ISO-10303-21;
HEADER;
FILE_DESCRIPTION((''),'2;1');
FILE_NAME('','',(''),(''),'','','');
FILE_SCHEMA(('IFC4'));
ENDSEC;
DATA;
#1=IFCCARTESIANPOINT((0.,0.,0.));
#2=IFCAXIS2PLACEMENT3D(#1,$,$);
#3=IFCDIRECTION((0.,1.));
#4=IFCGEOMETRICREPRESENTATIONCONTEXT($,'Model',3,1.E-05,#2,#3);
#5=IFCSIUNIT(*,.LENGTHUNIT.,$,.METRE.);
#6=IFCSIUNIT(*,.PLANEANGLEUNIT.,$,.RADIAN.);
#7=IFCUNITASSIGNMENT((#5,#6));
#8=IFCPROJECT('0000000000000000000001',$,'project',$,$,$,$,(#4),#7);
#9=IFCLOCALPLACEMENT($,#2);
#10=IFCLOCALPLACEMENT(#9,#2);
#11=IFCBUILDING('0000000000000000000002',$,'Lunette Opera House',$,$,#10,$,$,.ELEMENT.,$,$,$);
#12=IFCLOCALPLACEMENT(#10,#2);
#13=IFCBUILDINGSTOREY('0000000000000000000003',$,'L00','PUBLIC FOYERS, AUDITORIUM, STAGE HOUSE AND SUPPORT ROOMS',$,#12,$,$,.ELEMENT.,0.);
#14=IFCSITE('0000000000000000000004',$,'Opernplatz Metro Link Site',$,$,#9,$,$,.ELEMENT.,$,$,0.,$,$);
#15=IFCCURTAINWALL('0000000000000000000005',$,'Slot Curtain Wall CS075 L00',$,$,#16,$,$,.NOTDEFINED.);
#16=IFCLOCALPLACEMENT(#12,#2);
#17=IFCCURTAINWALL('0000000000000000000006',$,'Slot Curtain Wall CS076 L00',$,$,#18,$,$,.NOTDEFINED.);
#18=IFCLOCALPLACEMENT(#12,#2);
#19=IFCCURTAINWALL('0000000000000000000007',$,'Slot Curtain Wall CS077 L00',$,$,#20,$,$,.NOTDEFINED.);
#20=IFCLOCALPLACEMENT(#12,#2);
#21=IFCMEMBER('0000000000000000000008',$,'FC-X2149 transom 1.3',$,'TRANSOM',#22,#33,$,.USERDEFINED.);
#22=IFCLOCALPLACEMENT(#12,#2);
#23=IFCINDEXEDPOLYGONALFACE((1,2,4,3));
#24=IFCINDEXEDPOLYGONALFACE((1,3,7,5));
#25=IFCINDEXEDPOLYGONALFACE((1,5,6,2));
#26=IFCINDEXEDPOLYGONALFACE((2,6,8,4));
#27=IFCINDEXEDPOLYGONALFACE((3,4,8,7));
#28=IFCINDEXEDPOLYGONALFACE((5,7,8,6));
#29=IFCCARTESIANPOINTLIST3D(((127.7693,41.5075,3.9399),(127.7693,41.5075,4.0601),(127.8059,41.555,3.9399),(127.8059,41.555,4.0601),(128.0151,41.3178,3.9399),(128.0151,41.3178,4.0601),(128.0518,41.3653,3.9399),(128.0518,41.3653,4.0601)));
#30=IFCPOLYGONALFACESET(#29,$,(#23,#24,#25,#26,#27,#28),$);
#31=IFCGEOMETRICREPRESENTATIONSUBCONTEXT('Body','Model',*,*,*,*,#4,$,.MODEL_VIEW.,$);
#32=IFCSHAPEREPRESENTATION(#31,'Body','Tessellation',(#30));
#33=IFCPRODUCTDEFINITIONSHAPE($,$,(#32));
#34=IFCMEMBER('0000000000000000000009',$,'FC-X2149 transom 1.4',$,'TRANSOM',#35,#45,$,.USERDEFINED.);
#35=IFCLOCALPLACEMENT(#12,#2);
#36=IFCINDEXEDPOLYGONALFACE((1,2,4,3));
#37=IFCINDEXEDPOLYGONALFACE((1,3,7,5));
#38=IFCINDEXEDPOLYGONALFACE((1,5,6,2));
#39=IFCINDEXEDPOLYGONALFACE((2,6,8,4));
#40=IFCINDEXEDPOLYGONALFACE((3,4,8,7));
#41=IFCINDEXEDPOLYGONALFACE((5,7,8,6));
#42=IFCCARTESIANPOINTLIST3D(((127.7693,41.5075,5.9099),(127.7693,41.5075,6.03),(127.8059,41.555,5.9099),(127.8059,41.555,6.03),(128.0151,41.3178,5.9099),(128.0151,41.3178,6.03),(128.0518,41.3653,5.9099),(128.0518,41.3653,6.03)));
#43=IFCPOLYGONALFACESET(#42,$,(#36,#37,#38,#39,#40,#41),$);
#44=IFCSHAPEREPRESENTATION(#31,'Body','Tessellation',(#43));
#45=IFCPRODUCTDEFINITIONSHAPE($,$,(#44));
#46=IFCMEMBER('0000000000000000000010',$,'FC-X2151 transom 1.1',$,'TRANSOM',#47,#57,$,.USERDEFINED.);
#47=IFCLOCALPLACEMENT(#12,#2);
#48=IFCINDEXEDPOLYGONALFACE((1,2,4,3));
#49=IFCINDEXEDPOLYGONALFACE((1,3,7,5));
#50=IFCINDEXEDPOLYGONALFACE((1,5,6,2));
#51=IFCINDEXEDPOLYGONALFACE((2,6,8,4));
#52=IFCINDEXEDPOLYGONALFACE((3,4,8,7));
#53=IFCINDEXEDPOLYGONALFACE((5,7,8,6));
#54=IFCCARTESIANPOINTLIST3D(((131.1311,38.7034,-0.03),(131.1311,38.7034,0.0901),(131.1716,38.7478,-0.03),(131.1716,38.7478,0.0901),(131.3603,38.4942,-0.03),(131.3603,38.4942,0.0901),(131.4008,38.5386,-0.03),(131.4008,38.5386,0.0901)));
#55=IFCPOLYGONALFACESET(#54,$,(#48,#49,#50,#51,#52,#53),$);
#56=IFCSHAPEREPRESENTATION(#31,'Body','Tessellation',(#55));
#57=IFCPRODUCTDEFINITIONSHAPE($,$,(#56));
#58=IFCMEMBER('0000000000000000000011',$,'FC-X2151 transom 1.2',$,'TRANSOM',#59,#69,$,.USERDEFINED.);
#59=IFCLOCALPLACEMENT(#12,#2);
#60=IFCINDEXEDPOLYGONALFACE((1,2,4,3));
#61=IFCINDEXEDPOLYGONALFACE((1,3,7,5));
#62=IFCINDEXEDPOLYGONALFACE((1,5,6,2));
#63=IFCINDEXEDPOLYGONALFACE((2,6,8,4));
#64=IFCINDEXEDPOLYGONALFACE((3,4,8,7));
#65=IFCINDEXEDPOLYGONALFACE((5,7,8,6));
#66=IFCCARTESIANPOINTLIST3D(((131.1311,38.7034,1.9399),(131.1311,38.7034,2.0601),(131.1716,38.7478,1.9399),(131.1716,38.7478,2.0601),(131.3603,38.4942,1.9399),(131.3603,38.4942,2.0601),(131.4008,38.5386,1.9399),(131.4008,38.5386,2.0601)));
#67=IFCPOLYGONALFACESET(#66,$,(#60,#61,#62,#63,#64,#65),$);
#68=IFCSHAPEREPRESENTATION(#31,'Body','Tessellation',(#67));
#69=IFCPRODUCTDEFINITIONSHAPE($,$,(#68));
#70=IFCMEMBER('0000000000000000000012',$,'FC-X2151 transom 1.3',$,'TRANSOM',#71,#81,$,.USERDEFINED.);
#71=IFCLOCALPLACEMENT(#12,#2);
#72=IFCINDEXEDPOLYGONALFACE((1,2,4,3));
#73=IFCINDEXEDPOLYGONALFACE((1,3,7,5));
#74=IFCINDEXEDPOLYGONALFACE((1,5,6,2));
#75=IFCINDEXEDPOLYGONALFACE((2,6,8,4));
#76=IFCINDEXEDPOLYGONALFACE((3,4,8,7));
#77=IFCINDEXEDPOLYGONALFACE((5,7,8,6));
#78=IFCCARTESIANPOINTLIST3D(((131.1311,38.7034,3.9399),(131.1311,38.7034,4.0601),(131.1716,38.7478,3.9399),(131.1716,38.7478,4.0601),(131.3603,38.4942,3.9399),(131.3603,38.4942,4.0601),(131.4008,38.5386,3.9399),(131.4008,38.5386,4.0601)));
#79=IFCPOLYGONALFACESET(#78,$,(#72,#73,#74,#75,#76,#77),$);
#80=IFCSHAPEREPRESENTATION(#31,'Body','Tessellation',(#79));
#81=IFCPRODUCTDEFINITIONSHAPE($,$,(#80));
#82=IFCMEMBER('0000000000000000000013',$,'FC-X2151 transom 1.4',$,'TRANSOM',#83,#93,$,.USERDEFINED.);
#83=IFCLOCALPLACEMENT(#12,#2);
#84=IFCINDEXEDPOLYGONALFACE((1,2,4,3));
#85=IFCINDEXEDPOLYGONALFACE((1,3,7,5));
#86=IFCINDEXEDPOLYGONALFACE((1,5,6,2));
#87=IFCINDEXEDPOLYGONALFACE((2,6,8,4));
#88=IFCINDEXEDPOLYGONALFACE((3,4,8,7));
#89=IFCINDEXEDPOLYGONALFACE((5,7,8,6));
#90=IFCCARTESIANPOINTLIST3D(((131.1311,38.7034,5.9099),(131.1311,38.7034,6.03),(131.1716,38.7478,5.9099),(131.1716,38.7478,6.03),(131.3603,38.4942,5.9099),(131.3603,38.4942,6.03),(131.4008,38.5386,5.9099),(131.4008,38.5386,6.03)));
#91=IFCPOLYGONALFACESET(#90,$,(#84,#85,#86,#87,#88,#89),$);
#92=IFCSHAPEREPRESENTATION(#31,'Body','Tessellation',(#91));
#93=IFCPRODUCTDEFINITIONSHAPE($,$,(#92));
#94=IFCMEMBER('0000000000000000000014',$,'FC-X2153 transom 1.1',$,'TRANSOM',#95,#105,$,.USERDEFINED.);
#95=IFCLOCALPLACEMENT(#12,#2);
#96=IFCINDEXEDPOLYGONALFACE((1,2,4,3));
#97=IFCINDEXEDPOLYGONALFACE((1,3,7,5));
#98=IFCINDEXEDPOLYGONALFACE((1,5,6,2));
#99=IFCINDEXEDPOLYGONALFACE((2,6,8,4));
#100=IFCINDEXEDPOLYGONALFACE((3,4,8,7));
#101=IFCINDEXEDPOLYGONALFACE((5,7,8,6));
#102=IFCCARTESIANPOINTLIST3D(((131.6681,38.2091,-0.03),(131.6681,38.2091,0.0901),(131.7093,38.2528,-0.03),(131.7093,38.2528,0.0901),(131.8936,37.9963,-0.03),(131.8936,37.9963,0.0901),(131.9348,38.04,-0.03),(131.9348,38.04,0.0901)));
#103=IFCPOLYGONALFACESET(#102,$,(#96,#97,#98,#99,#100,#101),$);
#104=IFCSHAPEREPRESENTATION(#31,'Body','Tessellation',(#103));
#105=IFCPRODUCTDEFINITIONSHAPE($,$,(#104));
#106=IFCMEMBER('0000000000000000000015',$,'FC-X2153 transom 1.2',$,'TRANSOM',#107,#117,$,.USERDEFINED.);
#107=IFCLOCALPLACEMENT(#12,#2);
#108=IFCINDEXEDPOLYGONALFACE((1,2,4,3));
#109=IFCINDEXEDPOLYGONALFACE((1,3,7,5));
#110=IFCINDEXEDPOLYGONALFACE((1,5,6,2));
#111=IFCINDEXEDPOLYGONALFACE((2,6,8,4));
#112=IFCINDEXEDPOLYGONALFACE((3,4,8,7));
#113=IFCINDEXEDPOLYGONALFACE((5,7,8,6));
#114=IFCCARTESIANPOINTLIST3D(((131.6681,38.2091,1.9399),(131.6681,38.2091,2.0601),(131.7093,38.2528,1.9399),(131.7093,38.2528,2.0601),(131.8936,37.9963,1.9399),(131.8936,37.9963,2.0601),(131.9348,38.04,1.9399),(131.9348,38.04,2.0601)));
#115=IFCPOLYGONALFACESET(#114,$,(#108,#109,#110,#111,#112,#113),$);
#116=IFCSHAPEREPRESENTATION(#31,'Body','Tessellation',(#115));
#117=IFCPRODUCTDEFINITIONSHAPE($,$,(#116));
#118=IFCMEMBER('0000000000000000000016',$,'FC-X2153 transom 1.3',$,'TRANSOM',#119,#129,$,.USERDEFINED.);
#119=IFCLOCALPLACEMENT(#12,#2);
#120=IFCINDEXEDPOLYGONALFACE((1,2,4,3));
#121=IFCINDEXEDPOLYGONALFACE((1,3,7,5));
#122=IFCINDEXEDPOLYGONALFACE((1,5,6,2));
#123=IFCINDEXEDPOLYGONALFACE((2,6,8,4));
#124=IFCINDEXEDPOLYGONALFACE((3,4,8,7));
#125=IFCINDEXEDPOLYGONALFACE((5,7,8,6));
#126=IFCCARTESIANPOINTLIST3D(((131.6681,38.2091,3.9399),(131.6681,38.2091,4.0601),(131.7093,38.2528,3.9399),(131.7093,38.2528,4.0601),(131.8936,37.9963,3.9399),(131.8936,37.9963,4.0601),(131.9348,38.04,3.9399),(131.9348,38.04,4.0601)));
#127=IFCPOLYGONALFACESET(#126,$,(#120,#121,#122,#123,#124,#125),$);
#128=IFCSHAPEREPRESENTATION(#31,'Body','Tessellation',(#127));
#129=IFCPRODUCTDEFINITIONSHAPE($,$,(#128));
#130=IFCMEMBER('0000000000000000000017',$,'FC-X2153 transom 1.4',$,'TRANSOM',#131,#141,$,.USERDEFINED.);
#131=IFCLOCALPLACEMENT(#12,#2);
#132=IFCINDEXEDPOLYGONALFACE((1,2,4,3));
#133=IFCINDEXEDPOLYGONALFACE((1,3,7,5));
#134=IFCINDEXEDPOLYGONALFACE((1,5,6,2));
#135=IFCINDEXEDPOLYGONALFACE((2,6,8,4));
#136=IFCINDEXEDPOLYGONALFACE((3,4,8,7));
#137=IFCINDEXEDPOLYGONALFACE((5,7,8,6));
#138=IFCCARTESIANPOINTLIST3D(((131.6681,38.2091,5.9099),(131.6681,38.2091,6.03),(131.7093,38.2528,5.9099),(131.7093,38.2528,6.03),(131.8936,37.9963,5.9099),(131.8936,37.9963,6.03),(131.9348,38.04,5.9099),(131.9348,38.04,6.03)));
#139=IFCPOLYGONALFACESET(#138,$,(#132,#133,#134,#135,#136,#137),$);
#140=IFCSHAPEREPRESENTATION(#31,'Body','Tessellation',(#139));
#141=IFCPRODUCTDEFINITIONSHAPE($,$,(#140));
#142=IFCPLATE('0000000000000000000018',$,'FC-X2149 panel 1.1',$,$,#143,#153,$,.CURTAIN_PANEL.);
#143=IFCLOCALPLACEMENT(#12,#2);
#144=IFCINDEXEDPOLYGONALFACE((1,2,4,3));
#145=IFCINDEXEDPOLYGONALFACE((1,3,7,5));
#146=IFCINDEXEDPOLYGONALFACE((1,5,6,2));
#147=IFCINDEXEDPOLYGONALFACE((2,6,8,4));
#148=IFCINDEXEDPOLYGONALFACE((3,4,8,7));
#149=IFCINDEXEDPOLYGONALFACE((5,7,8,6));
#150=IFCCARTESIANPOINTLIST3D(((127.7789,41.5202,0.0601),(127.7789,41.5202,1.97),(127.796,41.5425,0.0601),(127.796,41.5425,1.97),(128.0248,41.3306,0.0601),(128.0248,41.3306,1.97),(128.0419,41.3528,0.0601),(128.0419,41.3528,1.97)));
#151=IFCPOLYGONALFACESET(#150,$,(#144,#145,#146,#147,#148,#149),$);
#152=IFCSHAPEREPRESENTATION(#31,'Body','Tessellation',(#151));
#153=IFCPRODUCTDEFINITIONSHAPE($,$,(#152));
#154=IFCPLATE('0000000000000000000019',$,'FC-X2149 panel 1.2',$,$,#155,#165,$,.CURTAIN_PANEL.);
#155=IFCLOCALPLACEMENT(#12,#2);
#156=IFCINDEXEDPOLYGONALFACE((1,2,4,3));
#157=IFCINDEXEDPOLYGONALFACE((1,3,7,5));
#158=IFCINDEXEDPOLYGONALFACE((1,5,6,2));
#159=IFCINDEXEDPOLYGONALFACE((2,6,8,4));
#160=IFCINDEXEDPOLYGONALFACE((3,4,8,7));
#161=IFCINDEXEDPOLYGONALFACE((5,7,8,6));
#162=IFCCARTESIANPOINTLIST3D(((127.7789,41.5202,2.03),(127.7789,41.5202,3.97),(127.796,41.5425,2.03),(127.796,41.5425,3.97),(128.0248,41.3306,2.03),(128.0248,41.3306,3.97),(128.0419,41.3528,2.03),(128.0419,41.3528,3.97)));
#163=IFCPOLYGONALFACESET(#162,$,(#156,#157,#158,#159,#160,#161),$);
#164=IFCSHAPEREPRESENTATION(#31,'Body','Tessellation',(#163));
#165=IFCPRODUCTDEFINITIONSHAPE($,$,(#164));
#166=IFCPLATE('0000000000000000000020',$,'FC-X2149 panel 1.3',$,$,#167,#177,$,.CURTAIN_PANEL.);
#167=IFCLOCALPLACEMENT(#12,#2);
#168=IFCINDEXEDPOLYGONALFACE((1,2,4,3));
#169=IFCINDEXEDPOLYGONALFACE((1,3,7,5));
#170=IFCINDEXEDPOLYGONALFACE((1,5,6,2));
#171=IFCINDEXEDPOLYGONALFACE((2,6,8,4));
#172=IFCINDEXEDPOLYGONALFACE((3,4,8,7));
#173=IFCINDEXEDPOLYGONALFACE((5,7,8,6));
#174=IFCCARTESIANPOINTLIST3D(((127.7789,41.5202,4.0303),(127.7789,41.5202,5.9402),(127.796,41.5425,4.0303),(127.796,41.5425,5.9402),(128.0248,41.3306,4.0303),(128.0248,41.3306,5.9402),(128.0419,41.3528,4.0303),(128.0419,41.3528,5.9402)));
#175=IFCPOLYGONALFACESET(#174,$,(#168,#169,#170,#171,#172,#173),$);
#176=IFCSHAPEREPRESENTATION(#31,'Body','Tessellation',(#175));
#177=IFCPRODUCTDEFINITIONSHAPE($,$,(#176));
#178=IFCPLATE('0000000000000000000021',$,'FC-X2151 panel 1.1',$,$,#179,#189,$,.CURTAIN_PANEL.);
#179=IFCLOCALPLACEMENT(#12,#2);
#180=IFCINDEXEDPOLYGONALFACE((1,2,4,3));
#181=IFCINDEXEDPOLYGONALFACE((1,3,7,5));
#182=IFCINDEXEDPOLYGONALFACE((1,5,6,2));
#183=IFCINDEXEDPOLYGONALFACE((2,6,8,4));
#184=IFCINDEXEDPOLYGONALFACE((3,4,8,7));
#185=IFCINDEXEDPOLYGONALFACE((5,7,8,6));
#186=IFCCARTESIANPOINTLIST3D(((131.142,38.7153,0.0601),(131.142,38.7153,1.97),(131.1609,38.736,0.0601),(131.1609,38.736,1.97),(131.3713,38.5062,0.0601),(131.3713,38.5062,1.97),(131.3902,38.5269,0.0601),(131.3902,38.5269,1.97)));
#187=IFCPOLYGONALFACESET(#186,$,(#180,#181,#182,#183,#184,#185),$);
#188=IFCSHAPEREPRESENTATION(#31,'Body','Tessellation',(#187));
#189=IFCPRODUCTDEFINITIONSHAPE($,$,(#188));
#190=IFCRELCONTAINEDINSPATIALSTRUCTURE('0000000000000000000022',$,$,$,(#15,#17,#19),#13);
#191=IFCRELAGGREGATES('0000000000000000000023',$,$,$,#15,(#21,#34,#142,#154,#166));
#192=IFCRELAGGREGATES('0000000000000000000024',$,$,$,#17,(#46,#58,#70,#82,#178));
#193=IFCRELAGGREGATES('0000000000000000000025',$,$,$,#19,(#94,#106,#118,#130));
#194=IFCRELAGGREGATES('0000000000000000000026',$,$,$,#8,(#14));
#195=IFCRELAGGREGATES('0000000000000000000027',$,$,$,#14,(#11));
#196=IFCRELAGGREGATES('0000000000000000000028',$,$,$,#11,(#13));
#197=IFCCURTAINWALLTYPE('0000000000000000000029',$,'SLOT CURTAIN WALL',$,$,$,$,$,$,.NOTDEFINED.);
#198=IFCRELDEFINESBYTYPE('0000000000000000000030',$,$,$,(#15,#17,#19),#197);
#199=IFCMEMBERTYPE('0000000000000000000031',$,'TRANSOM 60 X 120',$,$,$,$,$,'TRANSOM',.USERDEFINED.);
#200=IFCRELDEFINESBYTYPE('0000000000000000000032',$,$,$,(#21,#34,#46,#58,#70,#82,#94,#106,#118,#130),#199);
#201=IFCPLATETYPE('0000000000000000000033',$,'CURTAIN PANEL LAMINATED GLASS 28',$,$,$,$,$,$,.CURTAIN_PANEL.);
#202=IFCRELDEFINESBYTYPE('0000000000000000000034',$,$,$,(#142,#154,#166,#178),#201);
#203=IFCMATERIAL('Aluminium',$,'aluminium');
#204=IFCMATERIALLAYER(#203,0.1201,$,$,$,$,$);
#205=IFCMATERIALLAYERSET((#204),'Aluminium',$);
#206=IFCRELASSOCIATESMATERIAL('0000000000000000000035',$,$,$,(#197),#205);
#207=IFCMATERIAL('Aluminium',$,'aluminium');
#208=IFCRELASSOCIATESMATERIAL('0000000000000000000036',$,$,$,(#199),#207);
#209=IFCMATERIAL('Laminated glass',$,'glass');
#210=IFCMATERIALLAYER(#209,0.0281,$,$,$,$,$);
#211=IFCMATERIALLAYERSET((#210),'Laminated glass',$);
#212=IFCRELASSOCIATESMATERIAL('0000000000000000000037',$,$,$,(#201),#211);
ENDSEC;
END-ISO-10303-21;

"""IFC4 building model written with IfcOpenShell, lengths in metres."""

from ifc_helpers import new_model, si_unit, direction, frame, origin, origin_2d, place, context, subcontext, project, spatial, rectangle, extrude, material, layer, layer_set, material_profile, profile_set, type_object, element, aggregate, save


model = new_model("IFC4")

# Units and contexts
model_context = context("Model", 3, precision=1e-05, world=origin(), true_north=direction((0.0, 1.0)))
body_context = subcontext(model_context, "Body", "Model", "MODEL_VIEW")
ifc_project = project(units=[si_unit("LENGTHUNIT", "METRE"), si_unit("PLANEANGLEUNIT", "RADIAN")], contexts=[model_context])

# Site, building, storey
site_placement = place(None, origin())
site = spatial("IfcSite", under=ifc_project, at=site_placement, Name="Opernplatz Metro Link Site", CompositionType="ELEMENT", RefElevation=0.0)
building_placement = place(site_placement, origin())
building = spatial("IfcBuilding", under=site, at=building_placement, Name="Lunette Opera House", CompositionType="ELEMENT")
storey_placement = place(building_placement, origin())
storey = spatial("IfcBuildingStorey", under=building, at=storey_placement, Name="L00", Description="PUBLIC FOYERS, AUDITORIUM, STAGE HOUSE AND SUPPORT ROOMS", CompositionType="ELEMENT", Elevation=0.0)

# Curtain wall
ifc_material_1 = material(Name="Aluminium", Category="aluminium")
ifc_layer_1 = layer(ifc_material_1, 0.1201)
ifc_layer_set_1 = layer_set([ifc_layer_1], Name="Aluminium")
curtain_wall_type = type_object("IfcCurtainWallType", Name="SLOT CURTAIN WALL", PredefinedType="NOTDEFINED", material=ifc_layer_set_1)
curtain_wall_1_placement = place(storey_placement, origin())
curtain_wall_1 = element("IfcCurtainWall", 1, at=curtain_wall_1_placement, inside=storey, type_object=curtain_wall_type, Name="Slot Curtain Wall CS075 L00", PredefinedType="NOTDEFINED")

# Curtain walls
curtain_wall_2_placement = place(storey_placement, origin())
curtain_wall_2 = element("IfcCurtainWall", 2, at=curtain_wall_2_placement, inside=storey, type_object=curtain_wall_type, Name="Slot Curtain Wall CS076 L00", PredefinedType="NOTDEFINED")
curtain_wall_3_placement = place(storey_placement, origin())
curtain_wall_3 = element("IfcCurtainWall", 3, at=curtain_wall_3_placement, inside=storey, type_object=curtain_wall_type, Name="Slot Curtain Wall CS077 L00", PredefinedType="NOTDEFINED")

# Members
ifc_material_2 = material(Name="Aluminium", Category="aluminium")
ifc_material_profile_1 = material_profile(ifc_material_2, rectangle(XDim=0.0601, YDim=0.1201, at=origin_2d()), Name="TRANSOM 60 X 120")
ifc_profile_set_1 = profile_set([ifc_material_profile_1], Name="Aluminium")
member_type_1 = type_object("IfcMemberType", Name="TRANSOM 60 X 120", ElementType="TRANSOM", PredefinedType="USERDEFINED", material=ifc_profile_set_1)
member_1_placement = place(storey_placement, frame((127.7876, 41.5312, 4.0), z_axis=(0.791717, -0.610888, 0.0), x_axis=(0.610888, 0.791717, 0.0)))
member_1 = element("IfcMember", 4, at=member_1_placement, type_object=member_type_1, Name="FC-X2149 transom 1.3", ObjectType="TRANSOM", PredefinedType="USERDEFINED", context=body_context, shape_type="SweptSolid", body=[
    extrude(rectangle(XDim=0.0601, YDim=0.1201, at=origin_2d()), origin(), (0.0, 0.0, 1.0), 0.3105),
])
member_2_placement = place(storey_placement, frame((127.7876, 41.5312, 5.97), z_axis=(0.791717, -0.610888, 0.0), x_axis=(0.610888, 0.791717, 0.0)))
member_2 = element("IfcMember", 5, at=member_2_placement, type_object=member_type_1, Name="FC-X2149 transom 1.4", ObjectType="TRANSOM", PredefinedType="USERDEFINED", context=body_context, shape_type="SweptSolid", body=[
    extrude(rectangle(XDim=0.0601, YDim=0.1201, at=origin_2d()), origin(), (0.0, 0.0, 1.0), 0.3105),
])
member_3_placement = place(storey_placement, frame((131.1514, 38.7256, 0.03), z_axis=(0.738622, -0.67412, 0.0), x_axis=(0.67412, 0.738622, 0.0)))
member_3 = element("IfcMember", 6, at=member_3_placement, type_object=member_type_1, Name="FC-X2151 transom 1.1", ObjectType="TRANSOM", PredefinedType="USERDEFINED", context=body_context, shape_type="SweptSolid", body=[
    extrude(rectangle(XDim=0.0601, YDim=0.1201, at=origin_2d()), origin(), (0.0, 0.0, 1.0), 0.3103),
])
member_4_placement = place(storey_placement, frame((131.1514, 38.7256, 2.0), z_axis=(0.738622, -0.67412, 0.0), x_axis=(0.67412, 0.738622, 0.0)))
member_4 = element("IfcMember", 7, at=member_4_placement, type_object=member_type_1, Name="FC-X2151 transom 1.2", ObjectType="TRANSOM", PredefinedType="USERDEFINED", context=body_context, shape_type="SweptSolid", body=[
    extrude(rectangle(XDim=0.0601, YDim=0.1201, at=origin_2d()), origin(), (0.0, 0.0, 1.0), 0.3103),
])
member_5_placement = place(storey_placement, frame((131.1514, 38.7256, 4.0), z_axis=(0.738622, -0.67412, 0.0), x_axis=(0.67412, 0.738622, 0.0)))
member_5 = element("IfcMember", 8, at=member_5_placement, type_object=member_type_1, Name="FC-X2151 transom 1.3", ObjectType="TRANSOM", PredefinedType="USERDEFINED", context=body_context, shape_type="SweptSolid", body=[
    extrude(rectangle(XDim=0.0601, YDim=0.1201, at=origin_2d()), origin(), (0.0, 0.0, 1.0), 0.3103),
])
member_6_placement = place(storey_placement, frame((131.1514, 38.7256, 5.97), z_axis=(0.738622, -0.67412, 0.0), x_axis=(0.67412, 0.738622, 0.0)))
member_6 = element("IfcMember", 9, at=member_6_placement, type_object=member_type_1, Name="FC-X2151 transom 1.4", ObjectType="TRANSOM", PredefinedType="USERDEFINED", context=body_context, shape_type="SweptSolid", body=[
    extrude(rectangle(XDim=0.0601, YDim=0.1201, at=origin_2d()), origin(), (0.0, 0.0, 1.0), 0.3103),
])
member_7_placement = place(storey_placement, frame((131.6887, 38.231, 0.03), z_axis=(0.727275, -0.686346, 0.0), x_axis=(0.686346, 0.727275, 0.0)))
member_7 = element("IfcMember", 10, at=member_7_placement, type_object=member_type_1, Name="FC-X2153 transom 1.1", ObjectType="TRANSOM", PredefinedType="USERDEFINED", context=body_context, shape_type="SweptSolid", body=[
    extrude(rectangle(XDim=0.0601, YDim=0.1201, at=origin_2d()), origin(), (0.0, 0.0, 1.0), 0.3101),
])
member_8_placement = place(storey_placement, frame((131.6887, 38.231, 2.0), z_axis=(0.727275, -0.686346, 0.0), x_axis=(0.686346, 0.727275, 0.0)))
member_8 = element("IfcMember", 11, at=member_8_placement, type_object=member_type_1, Name="FC-X2153 transom 1.2", ObjectType="TRANSOM", PredefinedType="USERDEFINED", context=body_context, shape_type="SweptSolid", body=[
    extrude(rectangle(XDim=0.0601, YDim=0.1201, at=origin_2d()), origin(), (0.0, 0.0, 1.0), 0.3101),
])
member_9_placement = place(storey_placement, frame((131.6887, 38.231, 4.0), z_axis=(0.727275, -0.686346, 0.0), x_axis=(0.686346, 0.727275, 0.0)))
member_9 = element("IfcMember", 12, at=member_9_placement, type_object=member_type_1, Name="FC-X2153 transom 1.3", ObjectType="TRANSOM", PredefinedType="USERDEFINED", context=body_context, shape_type="SweptSolid", body=[
    extrude(rectangle(XDim=0.0601, YDim=0.1201, at=origin_2d()), origin(), (0.0, 0.0, 1.0), 0.3101),
])
member_10_placement = place(storey_placement, frame((131.6887, 38.231, 5.97), z_axis=(0.727275, -0.686346, 0.0), x_axis=(0.686346, 0.727275, 0.0)))
member_10 = element("IfcMember", 13, at=member_10_placement, type_object=member_type_1, Name="FC-X2153 transom 1.4", ObjectType="TRANSOM", PredefinedType="USERDEFINED", context=body_context, shape_type="SweptSolid", body=[
    extrude(rectangle(XDim=0.0601, YDim=0.1201, at=origin_2d()), origin(), (0.0, 0.0, 1.0), 0.3101),
])

# Plates
ifc_material_3 = material(Name="Laminated glass", Category="glass")
ifc_layer_2 = layer(ifc_material_3, 0.0281)
ifc_layer_set_2 = layer_set([ifc_layer_2], Name="Laminated glass")
plate_type = type_object("IfcPlateType", Name="CURTAIN PANEL LAMINATED GLASS 28", PredefinedType="CURTAIN_PANEL", material=ifc_layer_set_2)
plate_1_placement = place(storey_placement, frame((127.9104, 41.4365, 0.0601), z_axis=(0.0, 0.0, 1.0), x_axis=(0.791846, -0.61072, 0.0)))
plate_1 = element("IfcPlate", 14, at=plate_1_placement, type_object=plate_type, Name="FC-X2149 panel 1.1", PredefinedType="CURTAIN_PANEL", context=body_context, shape_type="SweptSolid", body=[
    extrude(rectangle(XDim=0.3105, YDim=0.0281, at=origin_2d()), origin(), (0.0, 0.0, 1.0), 1.9099),
])
plate_2_placement = place(storey_placement, frame((127.9104, 41.4365, 2.03), z_axis=(0.0, 0.0, 1.0), x_axis=(0.791846, -0.61072, 0.0)))
plate_2 = element("IfcPlate", 15, at=plate_2_placement, type_object=plate_type, Name="FC-X2149 panel 1.2", PredefinedType="CURTAIN_PANEL", context=body_context, shape_type="SweptSolid", body=[
    extrude(rectangle(XDim=0.3105, YDim=0.0281, at=origin_2d()), origin(), (0.0, 0.0, 1.0), 1.9399),
])
plate_3_placement = place(storey_placement, frame((127.9104, 41.4365, 4.0303), z_axis=(0.0, 0.0, 1.0), x_axis=(0.791846, -0.61072, 0.0)))
plate_3 = element("IfcPlate", 16, at=plate_3_placement, type_object=plate_type, Name="FC-X2149 panel 1.3", PredefinedType="CURTAIN_PANEL", context=body_context, shape_type="SweptSolid", body=[
    extrude(rectangle(XDim=0.3105, YDim=0.0281, at=origin_2d()), origin(), (0.0, 0.0, 1.0), 1.9099),
])
aggregate(curtain_wall_1, [member_1, member_2, plate_1, plate_2, plate_3])
plate_4_placement = place(storey_placement, frame((131.2661, 38.6211, 0.0601), z_axis=(0.0, 0.0, 1.0), x_axis=(0.738888, -0.673828, 0.0)))
plate_4 = element("IfcPlate", 17, at=plate_4_placement, type_object=plate_type, Name="FC-X2151 panel 1.1", PredefinedType="CURTAIN_PANEL", context=body_context, shape_type="SweptSolid", body=[
    extrude(rectangle(XDim=0.3103, YDim=0.0281, at=origin_2d()), origin(), (0.0, 0.0, 1.0), 1.9099),
])
aggregate(curtain_wall_2, [member_3, member_4, member_5, member_6, plate_4])
aggregate(curtain_wall_3, [member_7, member_8, member_9, member_10])

save(model, "model.ifc")
